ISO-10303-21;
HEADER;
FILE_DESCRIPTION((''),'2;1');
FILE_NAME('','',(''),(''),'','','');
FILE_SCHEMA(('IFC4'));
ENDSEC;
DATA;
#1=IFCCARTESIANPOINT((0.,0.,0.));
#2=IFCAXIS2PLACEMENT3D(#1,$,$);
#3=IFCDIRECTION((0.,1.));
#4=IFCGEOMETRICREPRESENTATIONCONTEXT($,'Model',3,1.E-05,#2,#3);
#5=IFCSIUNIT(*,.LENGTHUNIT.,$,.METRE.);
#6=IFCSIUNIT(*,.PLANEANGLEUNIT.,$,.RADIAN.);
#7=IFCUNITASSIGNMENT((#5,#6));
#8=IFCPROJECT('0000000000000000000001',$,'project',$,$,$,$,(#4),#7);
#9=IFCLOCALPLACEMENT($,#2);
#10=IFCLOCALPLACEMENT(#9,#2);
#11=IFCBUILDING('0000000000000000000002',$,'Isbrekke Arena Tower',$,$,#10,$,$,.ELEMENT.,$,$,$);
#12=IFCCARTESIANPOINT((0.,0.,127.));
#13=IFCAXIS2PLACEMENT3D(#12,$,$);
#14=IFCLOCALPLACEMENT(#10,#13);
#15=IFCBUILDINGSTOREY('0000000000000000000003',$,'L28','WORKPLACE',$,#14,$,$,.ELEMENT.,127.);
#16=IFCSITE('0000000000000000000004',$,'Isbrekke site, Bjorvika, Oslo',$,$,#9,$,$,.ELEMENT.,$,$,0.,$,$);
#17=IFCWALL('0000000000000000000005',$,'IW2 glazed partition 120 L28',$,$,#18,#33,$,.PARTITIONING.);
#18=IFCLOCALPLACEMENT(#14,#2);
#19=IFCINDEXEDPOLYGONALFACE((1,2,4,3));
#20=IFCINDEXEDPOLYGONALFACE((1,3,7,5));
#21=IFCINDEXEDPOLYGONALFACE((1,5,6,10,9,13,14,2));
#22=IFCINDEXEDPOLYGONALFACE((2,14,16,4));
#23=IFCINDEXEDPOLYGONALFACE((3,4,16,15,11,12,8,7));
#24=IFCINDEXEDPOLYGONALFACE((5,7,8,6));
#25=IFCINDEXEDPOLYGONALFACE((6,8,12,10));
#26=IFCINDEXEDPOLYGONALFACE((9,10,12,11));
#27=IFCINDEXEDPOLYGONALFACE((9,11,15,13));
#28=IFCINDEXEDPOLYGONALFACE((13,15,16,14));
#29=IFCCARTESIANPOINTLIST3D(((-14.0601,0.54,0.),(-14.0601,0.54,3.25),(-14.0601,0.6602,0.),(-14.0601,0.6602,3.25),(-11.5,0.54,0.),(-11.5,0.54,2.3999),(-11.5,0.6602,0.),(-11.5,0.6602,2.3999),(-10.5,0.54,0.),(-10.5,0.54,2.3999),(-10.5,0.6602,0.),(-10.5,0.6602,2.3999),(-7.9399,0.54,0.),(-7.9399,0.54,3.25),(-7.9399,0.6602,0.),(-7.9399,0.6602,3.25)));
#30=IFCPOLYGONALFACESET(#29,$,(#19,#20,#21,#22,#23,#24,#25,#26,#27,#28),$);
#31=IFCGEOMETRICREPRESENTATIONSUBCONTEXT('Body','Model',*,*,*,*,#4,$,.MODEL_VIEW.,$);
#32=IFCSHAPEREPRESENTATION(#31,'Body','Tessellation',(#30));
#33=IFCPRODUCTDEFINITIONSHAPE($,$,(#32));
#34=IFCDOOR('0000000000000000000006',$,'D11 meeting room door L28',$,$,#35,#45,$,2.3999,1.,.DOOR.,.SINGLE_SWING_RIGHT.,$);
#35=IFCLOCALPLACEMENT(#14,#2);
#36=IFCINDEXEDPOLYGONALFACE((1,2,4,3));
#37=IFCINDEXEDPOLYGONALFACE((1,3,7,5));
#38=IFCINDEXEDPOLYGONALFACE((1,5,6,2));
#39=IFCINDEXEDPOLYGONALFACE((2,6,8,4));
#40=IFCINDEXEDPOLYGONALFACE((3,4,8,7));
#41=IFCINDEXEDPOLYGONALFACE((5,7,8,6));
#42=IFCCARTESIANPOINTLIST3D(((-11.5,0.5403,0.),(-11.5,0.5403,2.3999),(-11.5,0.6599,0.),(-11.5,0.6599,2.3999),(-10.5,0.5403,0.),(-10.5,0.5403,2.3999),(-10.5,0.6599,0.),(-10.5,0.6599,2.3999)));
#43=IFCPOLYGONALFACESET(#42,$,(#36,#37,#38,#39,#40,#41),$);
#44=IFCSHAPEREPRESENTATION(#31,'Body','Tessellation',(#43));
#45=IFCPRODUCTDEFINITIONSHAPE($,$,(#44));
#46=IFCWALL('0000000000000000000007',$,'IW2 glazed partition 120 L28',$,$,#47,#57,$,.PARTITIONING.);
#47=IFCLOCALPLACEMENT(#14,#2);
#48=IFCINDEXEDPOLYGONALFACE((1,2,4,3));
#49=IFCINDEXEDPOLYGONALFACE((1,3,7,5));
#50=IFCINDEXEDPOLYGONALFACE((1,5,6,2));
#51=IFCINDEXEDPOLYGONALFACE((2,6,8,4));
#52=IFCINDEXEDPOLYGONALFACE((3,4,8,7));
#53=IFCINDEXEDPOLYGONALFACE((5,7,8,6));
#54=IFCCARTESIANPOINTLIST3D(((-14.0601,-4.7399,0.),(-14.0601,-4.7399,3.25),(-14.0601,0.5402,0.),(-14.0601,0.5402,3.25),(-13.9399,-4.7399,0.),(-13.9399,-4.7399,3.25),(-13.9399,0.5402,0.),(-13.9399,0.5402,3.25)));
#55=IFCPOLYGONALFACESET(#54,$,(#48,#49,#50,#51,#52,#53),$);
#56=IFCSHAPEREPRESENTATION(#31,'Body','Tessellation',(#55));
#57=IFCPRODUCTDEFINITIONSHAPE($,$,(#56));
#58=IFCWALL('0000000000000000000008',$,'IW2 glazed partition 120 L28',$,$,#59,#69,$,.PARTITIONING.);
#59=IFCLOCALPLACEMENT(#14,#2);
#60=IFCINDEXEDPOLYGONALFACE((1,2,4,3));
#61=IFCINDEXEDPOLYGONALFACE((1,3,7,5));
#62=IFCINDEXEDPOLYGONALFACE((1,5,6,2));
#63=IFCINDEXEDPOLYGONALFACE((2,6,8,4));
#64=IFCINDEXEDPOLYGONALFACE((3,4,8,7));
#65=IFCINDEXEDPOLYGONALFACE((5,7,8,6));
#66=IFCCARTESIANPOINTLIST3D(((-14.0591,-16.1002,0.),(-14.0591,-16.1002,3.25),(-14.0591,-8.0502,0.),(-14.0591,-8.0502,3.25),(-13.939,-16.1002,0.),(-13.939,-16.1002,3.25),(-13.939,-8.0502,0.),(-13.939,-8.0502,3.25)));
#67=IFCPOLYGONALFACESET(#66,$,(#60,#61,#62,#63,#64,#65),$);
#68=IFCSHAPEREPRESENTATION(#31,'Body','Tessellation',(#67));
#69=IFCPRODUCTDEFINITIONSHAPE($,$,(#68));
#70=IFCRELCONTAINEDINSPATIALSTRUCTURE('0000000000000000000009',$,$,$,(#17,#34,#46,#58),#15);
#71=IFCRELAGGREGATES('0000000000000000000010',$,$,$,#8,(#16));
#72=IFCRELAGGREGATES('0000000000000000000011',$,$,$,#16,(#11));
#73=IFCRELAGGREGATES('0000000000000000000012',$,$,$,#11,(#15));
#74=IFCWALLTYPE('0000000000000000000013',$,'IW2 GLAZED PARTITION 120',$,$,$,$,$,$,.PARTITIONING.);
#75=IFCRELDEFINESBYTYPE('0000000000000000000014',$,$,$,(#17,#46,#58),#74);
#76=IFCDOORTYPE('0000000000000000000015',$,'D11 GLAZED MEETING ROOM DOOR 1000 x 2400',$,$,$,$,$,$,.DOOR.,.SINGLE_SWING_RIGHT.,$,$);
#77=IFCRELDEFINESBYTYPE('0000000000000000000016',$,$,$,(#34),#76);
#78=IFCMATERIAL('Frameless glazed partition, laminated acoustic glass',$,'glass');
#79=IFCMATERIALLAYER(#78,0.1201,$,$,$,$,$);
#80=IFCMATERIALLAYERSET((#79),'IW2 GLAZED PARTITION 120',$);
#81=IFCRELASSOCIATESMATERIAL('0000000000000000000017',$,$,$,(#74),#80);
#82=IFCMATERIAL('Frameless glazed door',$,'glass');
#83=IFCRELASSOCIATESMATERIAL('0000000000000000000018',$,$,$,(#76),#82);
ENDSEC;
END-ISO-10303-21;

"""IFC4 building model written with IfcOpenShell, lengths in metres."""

from ifc_helpers import new_model, si_unit, direction, frame, frame_2d, origin, place, context, subcontext, project, spatial, rectangle, extrude, material, layer, layer_set, type_object, element, fill, save


model = new_model("IFC4")

# Units and contexts
model_context = context("Model", 3, precision=1e-05, world=origin(), true_north=direction((0.0, 1.0)))
body_context = subcontext(model_context, "Body", "Model", "MODEL_VIEW")
ifc_project = project(units=[si_unit("LENGTHUNIT", "METRE"), si_unit("PLANEANGLEUNIT", "RADIAN")], contexts=[model_context])

# Site, building, storey
site_placement = place(None, origin())
site = spatial("IfcSite", under=ifc_project, at=site_placement, Name="Isbrekke site, Bjorvika, Oslo", CompositionType="ELEMENT", RefElevation=0.0)
building_placement = place(site_placement, origin())
building = spatial("IfcBuilding", under=site, at=building_placement, Name="Isbrekke Arena Tower", CompositionType="ELEMENT")
storey_placement = place(building_placement, frame((0.0, 0.0, 127.0)))
storey = spatial("IfcBuildingStorey", under=building, at=storey_placement, Name="L28", Description="WORKPLACE", CompositionType="ELEMENT", Elevation=127.0)

# Shared definitions
ifc_material_1 = material(Name="Frameless glazed partition, laminated acoustic glass", Category="glass")
ifc_layer_1 = layer(ifc_material_1, 0.1201)
ifc_layer_set_1 = layer_set([ifc_layer_1], Name="IW2 GLAZED PARTITION 120")
wall_type_1 = type_object("IfcWallType", Name="IW2 GLAZED PARTITION 120", PredefinedType="PARTITIONING", material=ifc_layer_set_1)

# Wall, opening, door
wall_1_placement = place(storey_placement, frame((-14.0601, 0.6001, 0.0), z_axis=(0.0, 0.0, 1.0), x_axis=(1.0, 0.0, 0.0)))
wall_1 = element("IfcWall", 1, at=wall_1_placement, inside=storey, type_object=wall_type_1, Name="IW2 glazed partition 120 L28", PredefinedType="PARTITIONING", context=body_context, shape_type="SweptSolid", body=[
    extrude(rectangle(XDim=6.1201, YDim=0.1201, at=frame_2d((3.0601, 0.0))), origin(), (0.0, 0.0, 1.0), 3.25),
])
opening_1_placement = place(wall_1_placement, frame((2.5601, 0.0, 0.0)))
opening_1 = element("IfcOpeningElement", 2, at=opening_1_placement, cuts=wall_1, PredefinedType="OPENING", context=body_context, shape_type="SweptSolid", body=[
    extrude(rectangle(XDim=1.0, YDim=2.3999, at=frame_2d((0.5, 1.2))), frame((0.0, 0.075, 0.0), z_axis=(0.0, -1.0, 0.0), x_axis=(1.0, 0.0, 0.0)), (0.0, 0.0, 1.0), 0.1499),
])
ifc_material_2 = material(Name="Frameless glazed door", Category="glass")
door_type_1 = type_object("IfcDoorType", Name="D11 GLAZED MEETING ROOM DOOR 1000 x 2400", OperationType="SINGLE_SWING_RIGHT", PredefinedType="DOOR", material=ifc_material_2)
door_1_placement = place(opening_1_placement, origin())
door_1 = element("IfcDoor", 3, at=door_1_placement, inside=storey, type_object=door_type_1, Name="D11 meeting room door L28", OperationType="SINGLE_SWING_RIGHT", OverallHeight=2.3999, OverallWidth=1.0, PredefinedType="DOOR", context=body_context, shape_type="SweptSolid", body=[
    extrude(rectangle(XDim=1.0, YDim=2.3999, at=frame_2d((0.5, 1.2))), frame((0.0, 0.0598, 0.0), z_axis=(0.0, -1.0, 0.0), x_axis=(1.0, 0.0, 0.0)), (0.0, 0.0, 1.0), 0.1196),
])
fill(opening_1, door_1)

# Walls
wall_2_placement = place(storey_placement, frame((-14.0, -4.74, 0.0), z_axis=(0.0, 0.0, 1.0), x_axis=(0.0, 1.0, 0.0)))
element("IfcWall", 4, at=wall_2_placement, inside=storey, type_object=wall_type_1, Name="IW2 glazed partition 120 L28", PredefinedType="PARTITIONING", context=body_context, shape_type="SweptSolid", body=[
    extrude(rectangle(XDim=5.28, YDim=0.1201, at=frame_2d((2.6401, 0.0))), origin(), (0.0, 0.0, 1.0), 3.25),
])
wall_3_placement = place(storey_placement, frame((-13.999, -16.1001, 0.0), z_axis=(0.0, 0.0, 1.0), x_axis=(0.0, 1.0, 0.0)))
element("IfcWall", 5, at=wall_3_placement, inside=storey, type_object=wall_type_1, Name="IW2 glazed partition 120 L28", PredefinedType="PARTITIONING", context=body_context, shape_type="SweptSolid", body=[
    extrude(rectangle(XDim=8.05, YDim=0.1201, at=frame_2d((4.0249, 0.0))), origin(), (0.0, 0.0, 1.0), 3.25),
])

save(model, "model.ifc")
